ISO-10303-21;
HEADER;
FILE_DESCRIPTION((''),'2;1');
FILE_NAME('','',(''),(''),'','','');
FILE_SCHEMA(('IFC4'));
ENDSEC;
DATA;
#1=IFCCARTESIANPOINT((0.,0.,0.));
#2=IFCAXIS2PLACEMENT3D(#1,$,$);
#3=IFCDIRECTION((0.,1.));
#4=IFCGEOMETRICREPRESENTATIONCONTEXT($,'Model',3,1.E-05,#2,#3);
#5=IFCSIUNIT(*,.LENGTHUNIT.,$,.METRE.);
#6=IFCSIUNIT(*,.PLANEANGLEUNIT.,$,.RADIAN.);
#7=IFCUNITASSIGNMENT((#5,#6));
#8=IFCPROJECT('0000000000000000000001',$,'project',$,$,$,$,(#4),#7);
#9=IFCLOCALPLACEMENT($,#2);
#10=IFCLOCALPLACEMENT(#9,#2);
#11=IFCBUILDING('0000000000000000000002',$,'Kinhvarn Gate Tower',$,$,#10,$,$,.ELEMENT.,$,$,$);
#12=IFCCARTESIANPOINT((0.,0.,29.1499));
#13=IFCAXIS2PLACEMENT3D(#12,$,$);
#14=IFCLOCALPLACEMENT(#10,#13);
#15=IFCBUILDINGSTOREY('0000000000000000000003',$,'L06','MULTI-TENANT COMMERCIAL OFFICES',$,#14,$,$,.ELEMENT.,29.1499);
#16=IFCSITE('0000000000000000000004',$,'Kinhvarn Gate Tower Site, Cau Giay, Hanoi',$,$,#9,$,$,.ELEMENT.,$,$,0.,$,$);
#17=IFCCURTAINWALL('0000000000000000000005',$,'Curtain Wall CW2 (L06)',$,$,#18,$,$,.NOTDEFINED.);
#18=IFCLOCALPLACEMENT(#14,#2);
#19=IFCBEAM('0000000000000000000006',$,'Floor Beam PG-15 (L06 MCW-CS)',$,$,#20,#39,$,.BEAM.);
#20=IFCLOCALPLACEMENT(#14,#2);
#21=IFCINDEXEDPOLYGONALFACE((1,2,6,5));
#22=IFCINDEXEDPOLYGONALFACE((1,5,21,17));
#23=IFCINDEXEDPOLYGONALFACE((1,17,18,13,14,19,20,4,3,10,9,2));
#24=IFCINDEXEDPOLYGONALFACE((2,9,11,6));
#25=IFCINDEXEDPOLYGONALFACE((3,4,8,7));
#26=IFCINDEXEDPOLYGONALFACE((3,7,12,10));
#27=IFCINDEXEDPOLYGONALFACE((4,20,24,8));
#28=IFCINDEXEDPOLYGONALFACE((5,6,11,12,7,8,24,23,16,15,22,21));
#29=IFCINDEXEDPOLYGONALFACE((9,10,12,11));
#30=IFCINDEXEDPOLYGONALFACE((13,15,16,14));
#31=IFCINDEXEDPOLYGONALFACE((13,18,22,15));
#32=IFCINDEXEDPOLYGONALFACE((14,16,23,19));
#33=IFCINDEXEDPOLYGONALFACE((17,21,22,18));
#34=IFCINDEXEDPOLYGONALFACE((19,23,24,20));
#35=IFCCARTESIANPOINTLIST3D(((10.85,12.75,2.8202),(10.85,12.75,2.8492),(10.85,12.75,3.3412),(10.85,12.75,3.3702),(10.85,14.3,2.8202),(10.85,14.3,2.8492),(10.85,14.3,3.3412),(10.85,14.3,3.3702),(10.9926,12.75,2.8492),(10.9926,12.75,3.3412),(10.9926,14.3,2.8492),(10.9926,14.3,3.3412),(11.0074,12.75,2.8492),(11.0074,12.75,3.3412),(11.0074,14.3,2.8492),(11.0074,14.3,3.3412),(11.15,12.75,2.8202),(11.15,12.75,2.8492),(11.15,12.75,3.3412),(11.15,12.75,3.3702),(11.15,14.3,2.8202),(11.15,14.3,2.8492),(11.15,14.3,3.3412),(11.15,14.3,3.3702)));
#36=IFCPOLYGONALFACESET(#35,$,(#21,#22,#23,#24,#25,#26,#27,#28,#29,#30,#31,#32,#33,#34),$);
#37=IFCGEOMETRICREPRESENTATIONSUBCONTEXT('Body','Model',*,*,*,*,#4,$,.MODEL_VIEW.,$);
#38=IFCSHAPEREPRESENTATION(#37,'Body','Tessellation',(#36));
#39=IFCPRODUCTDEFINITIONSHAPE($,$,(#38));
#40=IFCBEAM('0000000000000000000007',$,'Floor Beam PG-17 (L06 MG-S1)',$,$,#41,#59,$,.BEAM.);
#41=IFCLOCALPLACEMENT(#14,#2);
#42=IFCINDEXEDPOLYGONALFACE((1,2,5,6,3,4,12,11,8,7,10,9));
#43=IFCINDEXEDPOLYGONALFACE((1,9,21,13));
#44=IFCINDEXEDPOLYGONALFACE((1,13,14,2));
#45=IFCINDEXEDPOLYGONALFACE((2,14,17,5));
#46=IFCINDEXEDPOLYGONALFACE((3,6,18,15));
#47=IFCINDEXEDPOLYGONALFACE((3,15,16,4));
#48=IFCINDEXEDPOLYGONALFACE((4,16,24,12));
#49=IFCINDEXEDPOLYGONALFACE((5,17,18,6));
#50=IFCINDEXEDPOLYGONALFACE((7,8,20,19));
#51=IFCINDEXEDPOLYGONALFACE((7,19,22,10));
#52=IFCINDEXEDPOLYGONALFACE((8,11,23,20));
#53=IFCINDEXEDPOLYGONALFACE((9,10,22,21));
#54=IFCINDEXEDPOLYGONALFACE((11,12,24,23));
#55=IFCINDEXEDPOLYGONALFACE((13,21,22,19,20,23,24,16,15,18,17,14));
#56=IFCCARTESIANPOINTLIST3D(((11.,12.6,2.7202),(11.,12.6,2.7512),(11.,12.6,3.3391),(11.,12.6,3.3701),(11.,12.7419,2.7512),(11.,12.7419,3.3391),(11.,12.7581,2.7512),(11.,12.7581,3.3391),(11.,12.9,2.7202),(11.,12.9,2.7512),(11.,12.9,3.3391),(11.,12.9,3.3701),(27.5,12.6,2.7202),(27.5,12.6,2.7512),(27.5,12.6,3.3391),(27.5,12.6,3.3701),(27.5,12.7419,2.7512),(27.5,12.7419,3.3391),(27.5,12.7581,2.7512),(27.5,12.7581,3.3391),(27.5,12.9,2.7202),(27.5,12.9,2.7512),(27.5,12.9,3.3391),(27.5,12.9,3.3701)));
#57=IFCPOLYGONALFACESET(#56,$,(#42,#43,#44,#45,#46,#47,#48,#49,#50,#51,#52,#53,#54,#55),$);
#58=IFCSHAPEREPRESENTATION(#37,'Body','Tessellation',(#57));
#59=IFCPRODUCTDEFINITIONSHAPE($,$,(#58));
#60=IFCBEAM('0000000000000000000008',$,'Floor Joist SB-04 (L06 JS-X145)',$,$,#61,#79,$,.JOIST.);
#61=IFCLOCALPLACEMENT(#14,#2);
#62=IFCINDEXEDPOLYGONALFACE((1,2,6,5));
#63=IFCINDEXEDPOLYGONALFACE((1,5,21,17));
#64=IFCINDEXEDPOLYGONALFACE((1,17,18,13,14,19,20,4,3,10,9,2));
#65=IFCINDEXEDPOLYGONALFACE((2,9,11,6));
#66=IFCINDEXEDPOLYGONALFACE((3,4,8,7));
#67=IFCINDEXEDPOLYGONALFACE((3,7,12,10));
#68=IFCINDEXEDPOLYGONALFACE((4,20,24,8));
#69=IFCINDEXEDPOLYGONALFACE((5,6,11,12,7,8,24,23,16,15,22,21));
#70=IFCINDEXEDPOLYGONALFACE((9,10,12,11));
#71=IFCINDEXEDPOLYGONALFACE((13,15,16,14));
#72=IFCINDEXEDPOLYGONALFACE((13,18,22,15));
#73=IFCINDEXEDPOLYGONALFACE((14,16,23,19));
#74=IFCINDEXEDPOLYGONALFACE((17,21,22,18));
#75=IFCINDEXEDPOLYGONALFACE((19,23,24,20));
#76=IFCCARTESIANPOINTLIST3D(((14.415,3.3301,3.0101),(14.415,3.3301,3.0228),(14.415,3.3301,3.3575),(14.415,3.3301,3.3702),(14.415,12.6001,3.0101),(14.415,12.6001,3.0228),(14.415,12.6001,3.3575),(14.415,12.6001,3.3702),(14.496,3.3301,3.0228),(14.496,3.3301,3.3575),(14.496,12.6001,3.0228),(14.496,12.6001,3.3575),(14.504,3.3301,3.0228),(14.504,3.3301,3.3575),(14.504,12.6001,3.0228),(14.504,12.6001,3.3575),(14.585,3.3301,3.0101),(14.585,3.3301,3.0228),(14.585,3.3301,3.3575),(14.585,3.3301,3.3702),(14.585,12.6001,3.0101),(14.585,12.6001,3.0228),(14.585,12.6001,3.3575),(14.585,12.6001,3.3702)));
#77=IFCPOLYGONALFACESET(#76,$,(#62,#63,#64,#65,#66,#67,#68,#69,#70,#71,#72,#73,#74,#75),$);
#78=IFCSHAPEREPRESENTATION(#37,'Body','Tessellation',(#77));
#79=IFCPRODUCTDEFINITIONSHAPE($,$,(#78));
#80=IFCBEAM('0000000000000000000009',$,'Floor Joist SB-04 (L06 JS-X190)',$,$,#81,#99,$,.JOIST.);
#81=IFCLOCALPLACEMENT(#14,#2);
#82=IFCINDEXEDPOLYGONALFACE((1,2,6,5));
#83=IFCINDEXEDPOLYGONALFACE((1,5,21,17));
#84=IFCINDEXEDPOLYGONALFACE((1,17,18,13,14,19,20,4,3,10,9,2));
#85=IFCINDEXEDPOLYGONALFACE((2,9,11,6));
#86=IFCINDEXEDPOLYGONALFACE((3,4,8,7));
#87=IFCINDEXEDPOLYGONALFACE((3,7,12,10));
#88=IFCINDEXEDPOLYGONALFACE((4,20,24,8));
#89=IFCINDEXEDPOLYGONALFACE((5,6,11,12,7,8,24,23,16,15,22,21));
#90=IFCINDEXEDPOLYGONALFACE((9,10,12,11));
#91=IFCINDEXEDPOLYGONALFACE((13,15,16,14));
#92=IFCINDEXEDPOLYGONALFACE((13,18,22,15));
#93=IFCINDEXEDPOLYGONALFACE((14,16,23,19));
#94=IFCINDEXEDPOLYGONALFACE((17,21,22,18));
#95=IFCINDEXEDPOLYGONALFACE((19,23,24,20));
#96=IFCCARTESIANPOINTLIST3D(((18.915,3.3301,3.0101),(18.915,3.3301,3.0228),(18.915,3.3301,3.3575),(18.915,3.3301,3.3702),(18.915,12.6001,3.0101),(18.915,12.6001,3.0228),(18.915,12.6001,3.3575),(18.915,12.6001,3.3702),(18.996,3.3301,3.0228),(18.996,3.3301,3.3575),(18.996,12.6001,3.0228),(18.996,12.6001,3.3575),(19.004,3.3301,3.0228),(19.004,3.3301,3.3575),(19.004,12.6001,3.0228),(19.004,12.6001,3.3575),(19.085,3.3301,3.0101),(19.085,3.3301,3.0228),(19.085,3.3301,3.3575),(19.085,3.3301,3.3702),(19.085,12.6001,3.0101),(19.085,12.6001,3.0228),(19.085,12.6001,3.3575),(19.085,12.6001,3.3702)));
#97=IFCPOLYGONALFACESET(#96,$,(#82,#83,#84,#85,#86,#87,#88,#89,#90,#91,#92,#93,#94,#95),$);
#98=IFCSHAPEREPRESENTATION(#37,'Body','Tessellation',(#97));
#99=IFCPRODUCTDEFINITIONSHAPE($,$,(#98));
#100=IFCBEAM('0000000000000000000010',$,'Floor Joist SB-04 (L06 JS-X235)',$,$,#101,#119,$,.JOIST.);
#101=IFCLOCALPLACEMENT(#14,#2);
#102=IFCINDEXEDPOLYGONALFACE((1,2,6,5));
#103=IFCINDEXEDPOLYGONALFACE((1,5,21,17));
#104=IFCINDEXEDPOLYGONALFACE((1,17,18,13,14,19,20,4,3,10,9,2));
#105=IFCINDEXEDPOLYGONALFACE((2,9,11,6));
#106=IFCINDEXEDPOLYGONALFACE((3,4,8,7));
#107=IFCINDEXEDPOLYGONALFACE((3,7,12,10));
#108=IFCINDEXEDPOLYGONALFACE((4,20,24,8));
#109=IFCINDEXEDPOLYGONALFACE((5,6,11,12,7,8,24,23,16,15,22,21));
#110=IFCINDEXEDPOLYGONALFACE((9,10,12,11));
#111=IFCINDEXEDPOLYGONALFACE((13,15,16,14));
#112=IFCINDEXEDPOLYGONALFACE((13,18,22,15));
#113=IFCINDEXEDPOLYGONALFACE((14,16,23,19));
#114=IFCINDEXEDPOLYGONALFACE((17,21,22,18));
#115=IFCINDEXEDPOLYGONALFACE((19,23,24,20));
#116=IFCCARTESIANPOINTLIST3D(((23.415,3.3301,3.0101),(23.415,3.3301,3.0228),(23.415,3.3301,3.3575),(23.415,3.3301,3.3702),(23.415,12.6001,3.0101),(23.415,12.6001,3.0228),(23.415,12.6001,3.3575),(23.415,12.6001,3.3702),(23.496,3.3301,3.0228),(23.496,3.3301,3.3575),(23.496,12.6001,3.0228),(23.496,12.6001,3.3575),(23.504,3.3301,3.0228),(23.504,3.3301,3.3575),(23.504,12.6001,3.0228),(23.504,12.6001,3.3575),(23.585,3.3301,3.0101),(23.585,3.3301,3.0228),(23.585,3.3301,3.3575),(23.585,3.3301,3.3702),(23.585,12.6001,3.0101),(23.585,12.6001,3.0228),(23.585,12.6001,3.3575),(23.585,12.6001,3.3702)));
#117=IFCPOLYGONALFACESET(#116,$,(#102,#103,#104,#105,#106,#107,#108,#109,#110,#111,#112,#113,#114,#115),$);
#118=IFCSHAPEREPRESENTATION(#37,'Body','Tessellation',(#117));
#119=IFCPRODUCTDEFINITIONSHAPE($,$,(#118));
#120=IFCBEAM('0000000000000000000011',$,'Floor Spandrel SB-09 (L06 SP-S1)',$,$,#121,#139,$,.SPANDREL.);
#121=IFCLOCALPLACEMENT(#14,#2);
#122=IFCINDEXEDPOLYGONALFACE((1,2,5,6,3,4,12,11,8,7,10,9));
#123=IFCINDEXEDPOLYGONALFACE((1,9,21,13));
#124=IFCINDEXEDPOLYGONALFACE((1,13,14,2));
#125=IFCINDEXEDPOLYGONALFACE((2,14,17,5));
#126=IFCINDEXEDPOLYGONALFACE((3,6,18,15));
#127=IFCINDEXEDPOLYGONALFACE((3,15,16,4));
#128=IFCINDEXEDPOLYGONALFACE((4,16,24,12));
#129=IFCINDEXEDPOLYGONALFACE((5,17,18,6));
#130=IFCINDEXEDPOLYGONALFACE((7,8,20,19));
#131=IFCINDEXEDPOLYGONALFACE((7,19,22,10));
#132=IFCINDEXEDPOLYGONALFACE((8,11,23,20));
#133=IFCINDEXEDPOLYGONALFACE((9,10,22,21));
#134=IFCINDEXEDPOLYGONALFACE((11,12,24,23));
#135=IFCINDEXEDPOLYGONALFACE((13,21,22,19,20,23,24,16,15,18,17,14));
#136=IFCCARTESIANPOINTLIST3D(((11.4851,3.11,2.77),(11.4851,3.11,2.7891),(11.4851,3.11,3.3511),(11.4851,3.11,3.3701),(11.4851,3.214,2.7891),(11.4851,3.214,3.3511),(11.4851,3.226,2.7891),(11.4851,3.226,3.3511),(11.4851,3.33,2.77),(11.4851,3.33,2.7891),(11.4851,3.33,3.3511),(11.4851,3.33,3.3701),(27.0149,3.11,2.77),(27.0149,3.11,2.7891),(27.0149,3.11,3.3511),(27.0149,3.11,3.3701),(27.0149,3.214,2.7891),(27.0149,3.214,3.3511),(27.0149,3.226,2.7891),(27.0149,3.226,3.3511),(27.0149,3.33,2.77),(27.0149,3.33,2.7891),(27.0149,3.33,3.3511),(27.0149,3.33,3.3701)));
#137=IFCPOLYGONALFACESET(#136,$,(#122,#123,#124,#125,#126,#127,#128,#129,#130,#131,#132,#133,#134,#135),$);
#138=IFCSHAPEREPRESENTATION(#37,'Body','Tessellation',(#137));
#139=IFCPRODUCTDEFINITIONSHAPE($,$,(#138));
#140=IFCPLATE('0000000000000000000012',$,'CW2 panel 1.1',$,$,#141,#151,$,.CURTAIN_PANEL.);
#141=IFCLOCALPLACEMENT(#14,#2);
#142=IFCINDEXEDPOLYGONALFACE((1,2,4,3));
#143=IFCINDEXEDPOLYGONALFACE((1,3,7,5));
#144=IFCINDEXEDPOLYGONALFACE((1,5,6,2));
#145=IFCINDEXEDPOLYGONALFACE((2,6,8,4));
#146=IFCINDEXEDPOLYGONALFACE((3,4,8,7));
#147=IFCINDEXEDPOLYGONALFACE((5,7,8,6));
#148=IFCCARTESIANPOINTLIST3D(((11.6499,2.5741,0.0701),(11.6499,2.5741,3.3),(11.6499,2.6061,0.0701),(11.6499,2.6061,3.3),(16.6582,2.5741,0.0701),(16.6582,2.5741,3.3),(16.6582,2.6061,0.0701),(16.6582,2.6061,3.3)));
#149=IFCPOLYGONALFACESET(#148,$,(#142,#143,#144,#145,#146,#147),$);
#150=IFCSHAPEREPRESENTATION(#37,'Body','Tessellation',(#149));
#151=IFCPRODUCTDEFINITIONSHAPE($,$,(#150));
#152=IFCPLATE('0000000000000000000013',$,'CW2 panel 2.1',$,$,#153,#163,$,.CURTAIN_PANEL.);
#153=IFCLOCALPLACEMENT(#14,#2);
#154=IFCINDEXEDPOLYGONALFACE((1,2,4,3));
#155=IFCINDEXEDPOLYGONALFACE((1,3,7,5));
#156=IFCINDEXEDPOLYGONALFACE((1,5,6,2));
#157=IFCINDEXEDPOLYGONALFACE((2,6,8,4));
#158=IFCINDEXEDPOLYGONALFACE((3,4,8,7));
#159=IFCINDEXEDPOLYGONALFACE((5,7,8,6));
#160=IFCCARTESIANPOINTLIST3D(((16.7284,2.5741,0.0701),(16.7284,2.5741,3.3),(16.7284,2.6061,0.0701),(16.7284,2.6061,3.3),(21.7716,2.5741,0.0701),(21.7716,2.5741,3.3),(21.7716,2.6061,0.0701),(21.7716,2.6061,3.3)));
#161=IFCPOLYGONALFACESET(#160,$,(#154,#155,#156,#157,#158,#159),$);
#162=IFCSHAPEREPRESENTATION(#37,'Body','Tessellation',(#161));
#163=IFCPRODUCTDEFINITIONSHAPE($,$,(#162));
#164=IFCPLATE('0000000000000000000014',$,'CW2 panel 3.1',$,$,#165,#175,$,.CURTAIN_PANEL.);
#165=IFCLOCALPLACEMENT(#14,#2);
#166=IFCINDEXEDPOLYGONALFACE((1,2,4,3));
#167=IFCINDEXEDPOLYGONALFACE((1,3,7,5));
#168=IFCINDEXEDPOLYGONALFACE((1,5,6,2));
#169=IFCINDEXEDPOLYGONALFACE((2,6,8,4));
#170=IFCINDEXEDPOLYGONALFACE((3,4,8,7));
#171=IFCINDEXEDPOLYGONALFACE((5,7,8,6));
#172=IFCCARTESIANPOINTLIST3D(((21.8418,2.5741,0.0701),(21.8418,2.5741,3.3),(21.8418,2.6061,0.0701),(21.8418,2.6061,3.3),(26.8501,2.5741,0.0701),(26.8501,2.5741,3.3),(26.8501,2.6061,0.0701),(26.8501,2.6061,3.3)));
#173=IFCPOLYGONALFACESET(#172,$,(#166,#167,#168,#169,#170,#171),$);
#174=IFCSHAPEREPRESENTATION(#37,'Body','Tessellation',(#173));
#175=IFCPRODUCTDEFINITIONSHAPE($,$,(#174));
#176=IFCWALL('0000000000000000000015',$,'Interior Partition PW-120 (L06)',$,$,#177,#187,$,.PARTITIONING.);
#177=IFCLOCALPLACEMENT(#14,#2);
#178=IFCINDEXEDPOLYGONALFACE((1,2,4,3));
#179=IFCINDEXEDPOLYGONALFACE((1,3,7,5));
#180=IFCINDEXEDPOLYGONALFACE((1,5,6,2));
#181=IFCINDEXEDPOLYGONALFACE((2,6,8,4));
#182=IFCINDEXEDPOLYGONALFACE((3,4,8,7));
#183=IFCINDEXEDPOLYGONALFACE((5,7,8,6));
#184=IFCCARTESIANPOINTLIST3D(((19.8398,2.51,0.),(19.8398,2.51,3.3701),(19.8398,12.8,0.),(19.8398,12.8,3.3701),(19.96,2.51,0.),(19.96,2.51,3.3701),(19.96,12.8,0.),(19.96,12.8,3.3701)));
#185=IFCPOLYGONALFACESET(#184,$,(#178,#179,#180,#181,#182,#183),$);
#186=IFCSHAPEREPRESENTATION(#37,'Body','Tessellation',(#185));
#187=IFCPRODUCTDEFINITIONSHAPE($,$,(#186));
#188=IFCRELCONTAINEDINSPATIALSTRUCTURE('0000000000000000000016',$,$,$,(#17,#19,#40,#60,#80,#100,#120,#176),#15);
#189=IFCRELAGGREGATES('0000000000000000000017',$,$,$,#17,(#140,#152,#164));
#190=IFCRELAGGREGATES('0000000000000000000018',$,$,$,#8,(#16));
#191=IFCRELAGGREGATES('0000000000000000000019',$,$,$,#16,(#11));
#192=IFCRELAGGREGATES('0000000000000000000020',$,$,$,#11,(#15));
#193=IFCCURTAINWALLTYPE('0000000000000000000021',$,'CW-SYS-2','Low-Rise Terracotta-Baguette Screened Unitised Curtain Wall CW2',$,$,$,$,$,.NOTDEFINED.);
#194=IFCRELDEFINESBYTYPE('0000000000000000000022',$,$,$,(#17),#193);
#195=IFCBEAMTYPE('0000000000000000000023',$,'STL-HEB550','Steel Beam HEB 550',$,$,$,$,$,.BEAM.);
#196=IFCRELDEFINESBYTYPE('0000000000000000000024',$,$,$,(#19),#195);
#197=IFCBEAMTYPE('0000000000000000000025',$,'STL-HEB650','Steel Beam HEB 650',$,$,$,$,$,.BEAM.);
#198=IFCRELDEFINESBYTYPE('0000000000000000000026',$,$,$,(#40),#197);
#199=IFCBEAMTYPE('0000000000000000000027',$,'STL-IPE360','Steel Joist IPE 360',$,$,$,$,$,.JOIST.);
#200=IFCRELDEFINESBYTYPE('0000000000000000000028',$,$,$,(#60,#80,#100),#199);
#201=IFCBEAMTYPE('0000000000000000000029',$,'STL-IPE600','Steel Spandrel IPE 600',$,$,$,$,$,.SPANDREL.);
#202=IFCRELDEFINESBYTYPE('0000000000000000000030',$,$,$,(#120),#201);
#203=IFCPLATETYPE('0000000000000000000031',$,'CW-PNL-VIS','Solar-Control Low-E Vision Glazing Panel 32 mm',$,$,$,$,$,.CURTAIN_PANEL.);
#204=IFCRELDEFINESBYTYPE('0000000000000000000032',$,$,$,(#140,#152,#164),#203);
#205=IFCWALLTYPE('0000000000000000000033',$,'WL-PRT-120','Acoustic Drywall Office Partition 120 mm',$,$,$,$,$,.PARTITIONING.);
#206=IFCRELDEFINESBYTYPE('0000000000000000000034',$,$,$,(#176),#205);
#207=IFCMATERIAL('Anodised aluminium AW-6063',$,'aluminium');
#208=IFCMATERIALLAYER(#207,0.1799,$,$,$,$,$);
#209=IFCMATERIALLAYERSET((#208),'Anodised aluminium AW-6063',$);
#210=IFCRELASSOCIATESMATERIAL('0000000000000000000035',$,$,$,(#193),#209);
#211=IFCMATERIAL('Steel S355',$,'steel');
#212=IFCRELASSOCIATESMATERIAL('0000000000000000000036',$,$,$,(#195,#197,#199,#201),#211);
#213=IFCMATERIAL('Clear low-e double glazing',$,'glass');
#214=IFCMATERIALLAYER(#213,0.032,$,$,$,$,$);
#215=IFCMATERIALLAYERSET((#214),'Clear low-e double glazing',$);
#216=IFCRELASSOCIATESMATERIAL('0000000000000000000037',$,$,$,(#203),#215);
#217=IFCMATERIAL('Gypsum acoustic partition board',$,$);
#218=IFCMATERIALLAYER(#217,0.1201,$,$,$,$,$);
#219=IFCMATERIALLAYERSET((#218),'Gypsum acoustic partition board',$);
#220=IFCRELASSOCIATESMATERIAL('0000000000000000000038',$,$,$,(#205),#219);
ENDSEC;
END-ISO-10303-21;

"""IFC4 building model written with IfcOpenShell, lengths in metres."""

from ifc_helpers import new_model, si_unit, direction, frame, frame_2d, origin, origin_2d, place, context, subcontext, project, spatial, rectangle, i_section, extrude, material, layer, layer_set, material_profile, profile_set, type_object, element, aggregate, save


model = new_model("IFC4")

# Units and contexts
model_context = context("Model", 3, precision=1e-05, world=origin(), true_north=direction((0.0, 1.0)))
body_context = subcontext(model_context, "Body", "Model", "MODEL_VIEW")
ifc_project = project(units=[si_unit("LENGTHUNIT", "METRE"), si_unit("PLANEANGLEUNIT", "RADIAN")], contexts=[model_context])

# Site, building, storey
site_placement = place(None, origin())
site = spatial("IfcSite", under=ifc_project, at=site_placement, Name="Kinhvarn Gate Tower Site, Cau Giay, Hanoi", CompositionType="ELEMENT", RefElevation=0.0)
building_placement = place(site_placement, origin())
building = spatial("IfcBuilding", under=site, at=building_placement, Name="Kinhvarn Gate Tower", CompositionType="ELEMENT")
storey_placement = place(building_placement, frame((0.0, 0.0, 29.1499)))
storey = spatial("IfcBuildingStorey", under=building, at=storey_placement, Name="L06", Description="MULTI-TENANT COMMERCIAL OFFICES", CompositionType="ELEMENT", Elevation=29.1499)

# Shared definitions
ifc_material_1 = material(Name="Anodised aluminium AW-6063", Category="aluminium")
ifc_layer_1 = layer(ifc_material_1, 0.1799)
ifc_layer_set_1 = layer_set([ifc_layer_1], Name="Anodised aluminium AW-6063")
curtain_wall_type = type_object("IfcCurtainWallType", Name="CW-SYS-2", Description="Low-Rise Terracotta-Baguette Screened Unitised Curtain Wall CW2", PredefinedType="NOTDEFINED", material=ifc_layer_set_1)

# Curtain wall
curtain_wall_1_placement = place(storey_placement, origin())
curtain_wall_1 = element("IfcCurtainWall", 1, at=curtain_wall_1_placement, inside=storey, type_object=curtain_wall_type, Name="Curtain Wall CW2 (L06)", PredefinedType="NOTDEFINED")

# Beams
ifc_material_2 = material(Name="Steel S355", Category="steel")
ifc_material_profile_1 = material_profile(ifc_material_2, i_section(OverallWidth=0.3, OverallDepth=0.55, WebThickness=0.0149, FlangeThickness=0.0291, at=origin_2d()), Name="HEB 550")
ifc_profile_set_1 = profile_set([ifc_material_profile_1], Name="Steel S355")
beam_type_1 = type_object("IfcBeamType", Name="STL-HEB550", Description="Steel Beam HEB 550", PredefinedType="BEAM", material=ifc_profile_set_1)
beam_1_placement = place(storey_placement, frame((11.0, 12.75, 3.0952), z_axis=(0.0, 1.0, 0.0), x_axis=(-1.0, 0.0, 0.0)))
element("IfcBeam", 2, at=beam_1_placement, inside=storey, type_object=beam_type_1, Name="Floor Beam PG-15 (L06 MCW-CS)", PredefinedType="BEAM", context=body_context, shape_type="SweptSolid", body=[
    extrude(i_section(OverallWidth=0.3, OverallDepth=0.55, WebThickness=0.0149, FlangeThickness=0.0291, at=origin_2d()), origin(), (0.0, 0.0, 1.0), 1.55),
])
ifc_material_profile_2 = material_profile(ifc_material_2, i_section(OverallWidth=0.3, OverallDepth=0.6499, WebThickness=0.0161, FlangeThickness=0.031, at=origin_2d()), Name="HEB 650")
ifc_profile_set_2 = profile_set([ifc_material_profile_2], Name="Steel S355")
beam_type_2 = type_object("IfcBeamType", Name="STL-HEB650", Description="Steel Beam HEB 650", PredefinedType="BEAM", material=ifc_profile_set_2)
beam_2_placement = place(storey_placement, frame((11.0, 12.75, 3.0452), z_axis=(1.0, 0.0, 0.0), x_axis=(0.0, 1.0, 0.0)))
element("IfcBeam", 3, at=beam_2_placement, inside=storey, type_object=beam_type_2, Name="Floor Beam PG-17 (L06 MG-S1)", PredefinedType="BEAM", context=body_context, shape_type="SweptSolid", body=[
    extrude(i_section(OverallWidth=0.3, OverallDepth=0.6499, WebThickness=0.0161, FlangeThickness=0.031, at=origin_2d()), origin(), (0.0, 0.0, 1.0), 16.5),
])
ifc_material_profile_3 = material_profile(ifc_material_2, i_section(OverallWidth=0.1699, OverallDepth=0.3601, WebThickness=0.0081, FlangeThickness=0.0127, at=origin_2d()), Name="IPE 360")
ifc_profile_set_3 = profile_set([ifc_material_profile_3], Name="Steel S355")
beam_type_3 = type_object("IfcBeamType", Name="STL-IPE360", Description="Steel Joist IPE 360", PredefinedType="JOIST", material=ifc_profile_set_3)
for number, where, z_axis, x_axis, name in (
    (4, (14.5, 3.3301, 3.1902), (0.0, 1.0, 0.0), (-1.0, 0.0, 0.0), "Floor Joist SB-04 (L06 JS-X145)"),
    (5, (19.0, 3.3301, 3.1902), (0.0, 1.0, 0.0), (-1.0, 0.0, 0.0), "Floor Joist SB-04 (L06 JS-X190)"),
    (6, (23.5, 3.3301, 3.1902), (0.0, 1.0, 0.0), (-1.0, 0.0, 0.0), "Floor Joist SB-04 (L06 JS-X235)"),
):
    element("IfcBeam", number, at=place(storey_placement, frame(where, z_axis=z_axis, x_axis=x_axis)), inside=storey, type_object=beam_type_3, Name=name, PredefinedType="JOIST", context=body_context, shape_type="SweptSolid", body=[
        extrude(i_section(OverallWidth=0.1699, OverallDepth=0.3601, WebThickness=0.0081, FlangeThickness=0.0127, at=origin_2d()), origin(), (0.0, 0.0, 1.0), 9.27),
    ])
ifc_material_profile_4 = material_profile(ifc_material_2, i_section(OverallWidth=0.22, OverallDepth=0.6001, WebThickness=0.012, FlangeThickness=0.019, at=origin_2d()), Name="IPE 600")
ifc_profile_set_4 = profile_set([ifc_material_profile_4], Name="Steel S355")
beam_type_4 = type_object("IfcBeamType", Name="STL-IPE600", Description="Steel Spandrel IPE 600", PredefinedType="SPANDREL", material=ifc_profile_set_4)
beam_3_placement = place(storey_placement, frame((11.4851, 3.22, 3.0701), z_axis=(1.0, 0.0, 0.0), x_axis=(0.0, 1.0, 0.0)))
element("IfcBeam", 7, at=beam_3_placement, inside=storey, type_object=beam_type_4, Name="Floor Spandrel SB-09 (L06 SP-S1)", PredefinedType="SPANDREL", context=body_context, shape_type="SweptSolid", body=[
    extrude(i_section(OverallWidth=0.22, OverallDepth=0.6001, WebThickness=0.012, FlangeThickness=0.019, at=origin_2d()), origin(), (0.0, 0.0, 1.0), 15.5298),
])

# Plates
ifc_material_3 = material(Name="Clear low-e double glazing", Category="glass")
ifc_layer_2 = layer(ifc_material_3, 0.032)
ifc_layer_set_2 = layer_set([ifc_layer_2], Name="Clear low-e double glazing")
plate_type = type_object("IfcPlateType", Name="CW-PNL-VIS", Description="Solar-Control Low-E Vision Glazing Panel 32 mm", PredefinedType="CURTAIN_PANEL", material=ifc_layer_set_2)
plate_1_placement = place(storey_placement, frame((14.1541, 2.5901, 0.0701), z_axis=(0.0, 0.0, 1.0), x_axis=(1.0, 0.0, 0.0)))
plate_1 = element("IfcPlate", 8, at=plate_1_placement, type_object=plate_type, Name="CW2 panel 1.1", PredefinedType="CURTAIN_PANEL", context=body_context, shape_type="SweptSolid", body=[
    extrude(rectangle(XDim=5.0083, YDim=0.032, at=origin_2d()), origin(), (0.0, 0.0, 1.0), 3.23),
])
plate_2_placement = place(storey_placement, frame((19.25, 2.5901, 0.0701), z_axis=(0.0, 0.0, 1.0), x_axis=(1.0, 0.0, 0.0)))
plate_2 = element("IfcPlate", 9, at=plate_2_placement, type_object=plate_type, Name="CW2 panel 2.1", PredefinedType="CURTAIN_PANEL", context=body_context, shape_type="SweptSolid", body=[
    extrude(rectangle(XDim=5.0432, YDim=0.032, at=origin_2d()), origin(), (0.0, 0.0, 1.0), 3.23),
])
plate_3_placement = place(storey_placement, frame((24.3459, 2.5901, 0.0701), z_axis=(0.0, 0.0, 1.0), x_axis=(1.0, 0.0, 0.0)))
plate_3 = element("IfcPlate", 10, at=plate_3_placement, type_object=plate_type, Name="CW2 panel 3.1", PredefinedType="CURTAIN_PANEL", context=body_context, shape_type="SweptSolid", body=[
    extrude(rectangle(XDim=5.0083, YDim=0.032, at=origin_2d()), origin(), (0.0, 0.0, 1.0), 3.23),
])
aggregate(curtain_wall_1, [plate_1, plate_2, plate_3])

# Wall
ifc_material_4 = material(Name="Gypsum acoustic partition board")
ifc_layer_3 = layer(ifc_material_4, 0.1201)
ifc_layer_set_3 = layer_set([ifc_layer_3], Name="Gypsum acoustic partition board")
wall_type_1 = type_object("IfcWallType", Name="WL-PRT-120", Description="Acoustic Drywall Office Partition 120 mm", PredefinedType="PARTITIONING", material=ifc_layer_set_3)
wall_1_placement = place(storey_placement, frame((19.8999, 2.51, 0.0), z_axis=(0.0, 0.0, 1.0), x_axis=(0.0, 1.0, 0.0)))
element("IfcWall", 11, at=wall_1_placement, inside=storey, type_object=wall_type_1, Name="Interior Partition PW-120 (L06)", PredefinedType="PARTITIONING", context=body_context, shape_type="SweptSolid", body=[
    extrude(rectangle(XDim=10.29, YDim=0.1201, at=frame_2d((5.145, 0.0))), origin(), (0.0, 0.0, 1.0), 3.3701),
])

save(model, "model.ifc")
